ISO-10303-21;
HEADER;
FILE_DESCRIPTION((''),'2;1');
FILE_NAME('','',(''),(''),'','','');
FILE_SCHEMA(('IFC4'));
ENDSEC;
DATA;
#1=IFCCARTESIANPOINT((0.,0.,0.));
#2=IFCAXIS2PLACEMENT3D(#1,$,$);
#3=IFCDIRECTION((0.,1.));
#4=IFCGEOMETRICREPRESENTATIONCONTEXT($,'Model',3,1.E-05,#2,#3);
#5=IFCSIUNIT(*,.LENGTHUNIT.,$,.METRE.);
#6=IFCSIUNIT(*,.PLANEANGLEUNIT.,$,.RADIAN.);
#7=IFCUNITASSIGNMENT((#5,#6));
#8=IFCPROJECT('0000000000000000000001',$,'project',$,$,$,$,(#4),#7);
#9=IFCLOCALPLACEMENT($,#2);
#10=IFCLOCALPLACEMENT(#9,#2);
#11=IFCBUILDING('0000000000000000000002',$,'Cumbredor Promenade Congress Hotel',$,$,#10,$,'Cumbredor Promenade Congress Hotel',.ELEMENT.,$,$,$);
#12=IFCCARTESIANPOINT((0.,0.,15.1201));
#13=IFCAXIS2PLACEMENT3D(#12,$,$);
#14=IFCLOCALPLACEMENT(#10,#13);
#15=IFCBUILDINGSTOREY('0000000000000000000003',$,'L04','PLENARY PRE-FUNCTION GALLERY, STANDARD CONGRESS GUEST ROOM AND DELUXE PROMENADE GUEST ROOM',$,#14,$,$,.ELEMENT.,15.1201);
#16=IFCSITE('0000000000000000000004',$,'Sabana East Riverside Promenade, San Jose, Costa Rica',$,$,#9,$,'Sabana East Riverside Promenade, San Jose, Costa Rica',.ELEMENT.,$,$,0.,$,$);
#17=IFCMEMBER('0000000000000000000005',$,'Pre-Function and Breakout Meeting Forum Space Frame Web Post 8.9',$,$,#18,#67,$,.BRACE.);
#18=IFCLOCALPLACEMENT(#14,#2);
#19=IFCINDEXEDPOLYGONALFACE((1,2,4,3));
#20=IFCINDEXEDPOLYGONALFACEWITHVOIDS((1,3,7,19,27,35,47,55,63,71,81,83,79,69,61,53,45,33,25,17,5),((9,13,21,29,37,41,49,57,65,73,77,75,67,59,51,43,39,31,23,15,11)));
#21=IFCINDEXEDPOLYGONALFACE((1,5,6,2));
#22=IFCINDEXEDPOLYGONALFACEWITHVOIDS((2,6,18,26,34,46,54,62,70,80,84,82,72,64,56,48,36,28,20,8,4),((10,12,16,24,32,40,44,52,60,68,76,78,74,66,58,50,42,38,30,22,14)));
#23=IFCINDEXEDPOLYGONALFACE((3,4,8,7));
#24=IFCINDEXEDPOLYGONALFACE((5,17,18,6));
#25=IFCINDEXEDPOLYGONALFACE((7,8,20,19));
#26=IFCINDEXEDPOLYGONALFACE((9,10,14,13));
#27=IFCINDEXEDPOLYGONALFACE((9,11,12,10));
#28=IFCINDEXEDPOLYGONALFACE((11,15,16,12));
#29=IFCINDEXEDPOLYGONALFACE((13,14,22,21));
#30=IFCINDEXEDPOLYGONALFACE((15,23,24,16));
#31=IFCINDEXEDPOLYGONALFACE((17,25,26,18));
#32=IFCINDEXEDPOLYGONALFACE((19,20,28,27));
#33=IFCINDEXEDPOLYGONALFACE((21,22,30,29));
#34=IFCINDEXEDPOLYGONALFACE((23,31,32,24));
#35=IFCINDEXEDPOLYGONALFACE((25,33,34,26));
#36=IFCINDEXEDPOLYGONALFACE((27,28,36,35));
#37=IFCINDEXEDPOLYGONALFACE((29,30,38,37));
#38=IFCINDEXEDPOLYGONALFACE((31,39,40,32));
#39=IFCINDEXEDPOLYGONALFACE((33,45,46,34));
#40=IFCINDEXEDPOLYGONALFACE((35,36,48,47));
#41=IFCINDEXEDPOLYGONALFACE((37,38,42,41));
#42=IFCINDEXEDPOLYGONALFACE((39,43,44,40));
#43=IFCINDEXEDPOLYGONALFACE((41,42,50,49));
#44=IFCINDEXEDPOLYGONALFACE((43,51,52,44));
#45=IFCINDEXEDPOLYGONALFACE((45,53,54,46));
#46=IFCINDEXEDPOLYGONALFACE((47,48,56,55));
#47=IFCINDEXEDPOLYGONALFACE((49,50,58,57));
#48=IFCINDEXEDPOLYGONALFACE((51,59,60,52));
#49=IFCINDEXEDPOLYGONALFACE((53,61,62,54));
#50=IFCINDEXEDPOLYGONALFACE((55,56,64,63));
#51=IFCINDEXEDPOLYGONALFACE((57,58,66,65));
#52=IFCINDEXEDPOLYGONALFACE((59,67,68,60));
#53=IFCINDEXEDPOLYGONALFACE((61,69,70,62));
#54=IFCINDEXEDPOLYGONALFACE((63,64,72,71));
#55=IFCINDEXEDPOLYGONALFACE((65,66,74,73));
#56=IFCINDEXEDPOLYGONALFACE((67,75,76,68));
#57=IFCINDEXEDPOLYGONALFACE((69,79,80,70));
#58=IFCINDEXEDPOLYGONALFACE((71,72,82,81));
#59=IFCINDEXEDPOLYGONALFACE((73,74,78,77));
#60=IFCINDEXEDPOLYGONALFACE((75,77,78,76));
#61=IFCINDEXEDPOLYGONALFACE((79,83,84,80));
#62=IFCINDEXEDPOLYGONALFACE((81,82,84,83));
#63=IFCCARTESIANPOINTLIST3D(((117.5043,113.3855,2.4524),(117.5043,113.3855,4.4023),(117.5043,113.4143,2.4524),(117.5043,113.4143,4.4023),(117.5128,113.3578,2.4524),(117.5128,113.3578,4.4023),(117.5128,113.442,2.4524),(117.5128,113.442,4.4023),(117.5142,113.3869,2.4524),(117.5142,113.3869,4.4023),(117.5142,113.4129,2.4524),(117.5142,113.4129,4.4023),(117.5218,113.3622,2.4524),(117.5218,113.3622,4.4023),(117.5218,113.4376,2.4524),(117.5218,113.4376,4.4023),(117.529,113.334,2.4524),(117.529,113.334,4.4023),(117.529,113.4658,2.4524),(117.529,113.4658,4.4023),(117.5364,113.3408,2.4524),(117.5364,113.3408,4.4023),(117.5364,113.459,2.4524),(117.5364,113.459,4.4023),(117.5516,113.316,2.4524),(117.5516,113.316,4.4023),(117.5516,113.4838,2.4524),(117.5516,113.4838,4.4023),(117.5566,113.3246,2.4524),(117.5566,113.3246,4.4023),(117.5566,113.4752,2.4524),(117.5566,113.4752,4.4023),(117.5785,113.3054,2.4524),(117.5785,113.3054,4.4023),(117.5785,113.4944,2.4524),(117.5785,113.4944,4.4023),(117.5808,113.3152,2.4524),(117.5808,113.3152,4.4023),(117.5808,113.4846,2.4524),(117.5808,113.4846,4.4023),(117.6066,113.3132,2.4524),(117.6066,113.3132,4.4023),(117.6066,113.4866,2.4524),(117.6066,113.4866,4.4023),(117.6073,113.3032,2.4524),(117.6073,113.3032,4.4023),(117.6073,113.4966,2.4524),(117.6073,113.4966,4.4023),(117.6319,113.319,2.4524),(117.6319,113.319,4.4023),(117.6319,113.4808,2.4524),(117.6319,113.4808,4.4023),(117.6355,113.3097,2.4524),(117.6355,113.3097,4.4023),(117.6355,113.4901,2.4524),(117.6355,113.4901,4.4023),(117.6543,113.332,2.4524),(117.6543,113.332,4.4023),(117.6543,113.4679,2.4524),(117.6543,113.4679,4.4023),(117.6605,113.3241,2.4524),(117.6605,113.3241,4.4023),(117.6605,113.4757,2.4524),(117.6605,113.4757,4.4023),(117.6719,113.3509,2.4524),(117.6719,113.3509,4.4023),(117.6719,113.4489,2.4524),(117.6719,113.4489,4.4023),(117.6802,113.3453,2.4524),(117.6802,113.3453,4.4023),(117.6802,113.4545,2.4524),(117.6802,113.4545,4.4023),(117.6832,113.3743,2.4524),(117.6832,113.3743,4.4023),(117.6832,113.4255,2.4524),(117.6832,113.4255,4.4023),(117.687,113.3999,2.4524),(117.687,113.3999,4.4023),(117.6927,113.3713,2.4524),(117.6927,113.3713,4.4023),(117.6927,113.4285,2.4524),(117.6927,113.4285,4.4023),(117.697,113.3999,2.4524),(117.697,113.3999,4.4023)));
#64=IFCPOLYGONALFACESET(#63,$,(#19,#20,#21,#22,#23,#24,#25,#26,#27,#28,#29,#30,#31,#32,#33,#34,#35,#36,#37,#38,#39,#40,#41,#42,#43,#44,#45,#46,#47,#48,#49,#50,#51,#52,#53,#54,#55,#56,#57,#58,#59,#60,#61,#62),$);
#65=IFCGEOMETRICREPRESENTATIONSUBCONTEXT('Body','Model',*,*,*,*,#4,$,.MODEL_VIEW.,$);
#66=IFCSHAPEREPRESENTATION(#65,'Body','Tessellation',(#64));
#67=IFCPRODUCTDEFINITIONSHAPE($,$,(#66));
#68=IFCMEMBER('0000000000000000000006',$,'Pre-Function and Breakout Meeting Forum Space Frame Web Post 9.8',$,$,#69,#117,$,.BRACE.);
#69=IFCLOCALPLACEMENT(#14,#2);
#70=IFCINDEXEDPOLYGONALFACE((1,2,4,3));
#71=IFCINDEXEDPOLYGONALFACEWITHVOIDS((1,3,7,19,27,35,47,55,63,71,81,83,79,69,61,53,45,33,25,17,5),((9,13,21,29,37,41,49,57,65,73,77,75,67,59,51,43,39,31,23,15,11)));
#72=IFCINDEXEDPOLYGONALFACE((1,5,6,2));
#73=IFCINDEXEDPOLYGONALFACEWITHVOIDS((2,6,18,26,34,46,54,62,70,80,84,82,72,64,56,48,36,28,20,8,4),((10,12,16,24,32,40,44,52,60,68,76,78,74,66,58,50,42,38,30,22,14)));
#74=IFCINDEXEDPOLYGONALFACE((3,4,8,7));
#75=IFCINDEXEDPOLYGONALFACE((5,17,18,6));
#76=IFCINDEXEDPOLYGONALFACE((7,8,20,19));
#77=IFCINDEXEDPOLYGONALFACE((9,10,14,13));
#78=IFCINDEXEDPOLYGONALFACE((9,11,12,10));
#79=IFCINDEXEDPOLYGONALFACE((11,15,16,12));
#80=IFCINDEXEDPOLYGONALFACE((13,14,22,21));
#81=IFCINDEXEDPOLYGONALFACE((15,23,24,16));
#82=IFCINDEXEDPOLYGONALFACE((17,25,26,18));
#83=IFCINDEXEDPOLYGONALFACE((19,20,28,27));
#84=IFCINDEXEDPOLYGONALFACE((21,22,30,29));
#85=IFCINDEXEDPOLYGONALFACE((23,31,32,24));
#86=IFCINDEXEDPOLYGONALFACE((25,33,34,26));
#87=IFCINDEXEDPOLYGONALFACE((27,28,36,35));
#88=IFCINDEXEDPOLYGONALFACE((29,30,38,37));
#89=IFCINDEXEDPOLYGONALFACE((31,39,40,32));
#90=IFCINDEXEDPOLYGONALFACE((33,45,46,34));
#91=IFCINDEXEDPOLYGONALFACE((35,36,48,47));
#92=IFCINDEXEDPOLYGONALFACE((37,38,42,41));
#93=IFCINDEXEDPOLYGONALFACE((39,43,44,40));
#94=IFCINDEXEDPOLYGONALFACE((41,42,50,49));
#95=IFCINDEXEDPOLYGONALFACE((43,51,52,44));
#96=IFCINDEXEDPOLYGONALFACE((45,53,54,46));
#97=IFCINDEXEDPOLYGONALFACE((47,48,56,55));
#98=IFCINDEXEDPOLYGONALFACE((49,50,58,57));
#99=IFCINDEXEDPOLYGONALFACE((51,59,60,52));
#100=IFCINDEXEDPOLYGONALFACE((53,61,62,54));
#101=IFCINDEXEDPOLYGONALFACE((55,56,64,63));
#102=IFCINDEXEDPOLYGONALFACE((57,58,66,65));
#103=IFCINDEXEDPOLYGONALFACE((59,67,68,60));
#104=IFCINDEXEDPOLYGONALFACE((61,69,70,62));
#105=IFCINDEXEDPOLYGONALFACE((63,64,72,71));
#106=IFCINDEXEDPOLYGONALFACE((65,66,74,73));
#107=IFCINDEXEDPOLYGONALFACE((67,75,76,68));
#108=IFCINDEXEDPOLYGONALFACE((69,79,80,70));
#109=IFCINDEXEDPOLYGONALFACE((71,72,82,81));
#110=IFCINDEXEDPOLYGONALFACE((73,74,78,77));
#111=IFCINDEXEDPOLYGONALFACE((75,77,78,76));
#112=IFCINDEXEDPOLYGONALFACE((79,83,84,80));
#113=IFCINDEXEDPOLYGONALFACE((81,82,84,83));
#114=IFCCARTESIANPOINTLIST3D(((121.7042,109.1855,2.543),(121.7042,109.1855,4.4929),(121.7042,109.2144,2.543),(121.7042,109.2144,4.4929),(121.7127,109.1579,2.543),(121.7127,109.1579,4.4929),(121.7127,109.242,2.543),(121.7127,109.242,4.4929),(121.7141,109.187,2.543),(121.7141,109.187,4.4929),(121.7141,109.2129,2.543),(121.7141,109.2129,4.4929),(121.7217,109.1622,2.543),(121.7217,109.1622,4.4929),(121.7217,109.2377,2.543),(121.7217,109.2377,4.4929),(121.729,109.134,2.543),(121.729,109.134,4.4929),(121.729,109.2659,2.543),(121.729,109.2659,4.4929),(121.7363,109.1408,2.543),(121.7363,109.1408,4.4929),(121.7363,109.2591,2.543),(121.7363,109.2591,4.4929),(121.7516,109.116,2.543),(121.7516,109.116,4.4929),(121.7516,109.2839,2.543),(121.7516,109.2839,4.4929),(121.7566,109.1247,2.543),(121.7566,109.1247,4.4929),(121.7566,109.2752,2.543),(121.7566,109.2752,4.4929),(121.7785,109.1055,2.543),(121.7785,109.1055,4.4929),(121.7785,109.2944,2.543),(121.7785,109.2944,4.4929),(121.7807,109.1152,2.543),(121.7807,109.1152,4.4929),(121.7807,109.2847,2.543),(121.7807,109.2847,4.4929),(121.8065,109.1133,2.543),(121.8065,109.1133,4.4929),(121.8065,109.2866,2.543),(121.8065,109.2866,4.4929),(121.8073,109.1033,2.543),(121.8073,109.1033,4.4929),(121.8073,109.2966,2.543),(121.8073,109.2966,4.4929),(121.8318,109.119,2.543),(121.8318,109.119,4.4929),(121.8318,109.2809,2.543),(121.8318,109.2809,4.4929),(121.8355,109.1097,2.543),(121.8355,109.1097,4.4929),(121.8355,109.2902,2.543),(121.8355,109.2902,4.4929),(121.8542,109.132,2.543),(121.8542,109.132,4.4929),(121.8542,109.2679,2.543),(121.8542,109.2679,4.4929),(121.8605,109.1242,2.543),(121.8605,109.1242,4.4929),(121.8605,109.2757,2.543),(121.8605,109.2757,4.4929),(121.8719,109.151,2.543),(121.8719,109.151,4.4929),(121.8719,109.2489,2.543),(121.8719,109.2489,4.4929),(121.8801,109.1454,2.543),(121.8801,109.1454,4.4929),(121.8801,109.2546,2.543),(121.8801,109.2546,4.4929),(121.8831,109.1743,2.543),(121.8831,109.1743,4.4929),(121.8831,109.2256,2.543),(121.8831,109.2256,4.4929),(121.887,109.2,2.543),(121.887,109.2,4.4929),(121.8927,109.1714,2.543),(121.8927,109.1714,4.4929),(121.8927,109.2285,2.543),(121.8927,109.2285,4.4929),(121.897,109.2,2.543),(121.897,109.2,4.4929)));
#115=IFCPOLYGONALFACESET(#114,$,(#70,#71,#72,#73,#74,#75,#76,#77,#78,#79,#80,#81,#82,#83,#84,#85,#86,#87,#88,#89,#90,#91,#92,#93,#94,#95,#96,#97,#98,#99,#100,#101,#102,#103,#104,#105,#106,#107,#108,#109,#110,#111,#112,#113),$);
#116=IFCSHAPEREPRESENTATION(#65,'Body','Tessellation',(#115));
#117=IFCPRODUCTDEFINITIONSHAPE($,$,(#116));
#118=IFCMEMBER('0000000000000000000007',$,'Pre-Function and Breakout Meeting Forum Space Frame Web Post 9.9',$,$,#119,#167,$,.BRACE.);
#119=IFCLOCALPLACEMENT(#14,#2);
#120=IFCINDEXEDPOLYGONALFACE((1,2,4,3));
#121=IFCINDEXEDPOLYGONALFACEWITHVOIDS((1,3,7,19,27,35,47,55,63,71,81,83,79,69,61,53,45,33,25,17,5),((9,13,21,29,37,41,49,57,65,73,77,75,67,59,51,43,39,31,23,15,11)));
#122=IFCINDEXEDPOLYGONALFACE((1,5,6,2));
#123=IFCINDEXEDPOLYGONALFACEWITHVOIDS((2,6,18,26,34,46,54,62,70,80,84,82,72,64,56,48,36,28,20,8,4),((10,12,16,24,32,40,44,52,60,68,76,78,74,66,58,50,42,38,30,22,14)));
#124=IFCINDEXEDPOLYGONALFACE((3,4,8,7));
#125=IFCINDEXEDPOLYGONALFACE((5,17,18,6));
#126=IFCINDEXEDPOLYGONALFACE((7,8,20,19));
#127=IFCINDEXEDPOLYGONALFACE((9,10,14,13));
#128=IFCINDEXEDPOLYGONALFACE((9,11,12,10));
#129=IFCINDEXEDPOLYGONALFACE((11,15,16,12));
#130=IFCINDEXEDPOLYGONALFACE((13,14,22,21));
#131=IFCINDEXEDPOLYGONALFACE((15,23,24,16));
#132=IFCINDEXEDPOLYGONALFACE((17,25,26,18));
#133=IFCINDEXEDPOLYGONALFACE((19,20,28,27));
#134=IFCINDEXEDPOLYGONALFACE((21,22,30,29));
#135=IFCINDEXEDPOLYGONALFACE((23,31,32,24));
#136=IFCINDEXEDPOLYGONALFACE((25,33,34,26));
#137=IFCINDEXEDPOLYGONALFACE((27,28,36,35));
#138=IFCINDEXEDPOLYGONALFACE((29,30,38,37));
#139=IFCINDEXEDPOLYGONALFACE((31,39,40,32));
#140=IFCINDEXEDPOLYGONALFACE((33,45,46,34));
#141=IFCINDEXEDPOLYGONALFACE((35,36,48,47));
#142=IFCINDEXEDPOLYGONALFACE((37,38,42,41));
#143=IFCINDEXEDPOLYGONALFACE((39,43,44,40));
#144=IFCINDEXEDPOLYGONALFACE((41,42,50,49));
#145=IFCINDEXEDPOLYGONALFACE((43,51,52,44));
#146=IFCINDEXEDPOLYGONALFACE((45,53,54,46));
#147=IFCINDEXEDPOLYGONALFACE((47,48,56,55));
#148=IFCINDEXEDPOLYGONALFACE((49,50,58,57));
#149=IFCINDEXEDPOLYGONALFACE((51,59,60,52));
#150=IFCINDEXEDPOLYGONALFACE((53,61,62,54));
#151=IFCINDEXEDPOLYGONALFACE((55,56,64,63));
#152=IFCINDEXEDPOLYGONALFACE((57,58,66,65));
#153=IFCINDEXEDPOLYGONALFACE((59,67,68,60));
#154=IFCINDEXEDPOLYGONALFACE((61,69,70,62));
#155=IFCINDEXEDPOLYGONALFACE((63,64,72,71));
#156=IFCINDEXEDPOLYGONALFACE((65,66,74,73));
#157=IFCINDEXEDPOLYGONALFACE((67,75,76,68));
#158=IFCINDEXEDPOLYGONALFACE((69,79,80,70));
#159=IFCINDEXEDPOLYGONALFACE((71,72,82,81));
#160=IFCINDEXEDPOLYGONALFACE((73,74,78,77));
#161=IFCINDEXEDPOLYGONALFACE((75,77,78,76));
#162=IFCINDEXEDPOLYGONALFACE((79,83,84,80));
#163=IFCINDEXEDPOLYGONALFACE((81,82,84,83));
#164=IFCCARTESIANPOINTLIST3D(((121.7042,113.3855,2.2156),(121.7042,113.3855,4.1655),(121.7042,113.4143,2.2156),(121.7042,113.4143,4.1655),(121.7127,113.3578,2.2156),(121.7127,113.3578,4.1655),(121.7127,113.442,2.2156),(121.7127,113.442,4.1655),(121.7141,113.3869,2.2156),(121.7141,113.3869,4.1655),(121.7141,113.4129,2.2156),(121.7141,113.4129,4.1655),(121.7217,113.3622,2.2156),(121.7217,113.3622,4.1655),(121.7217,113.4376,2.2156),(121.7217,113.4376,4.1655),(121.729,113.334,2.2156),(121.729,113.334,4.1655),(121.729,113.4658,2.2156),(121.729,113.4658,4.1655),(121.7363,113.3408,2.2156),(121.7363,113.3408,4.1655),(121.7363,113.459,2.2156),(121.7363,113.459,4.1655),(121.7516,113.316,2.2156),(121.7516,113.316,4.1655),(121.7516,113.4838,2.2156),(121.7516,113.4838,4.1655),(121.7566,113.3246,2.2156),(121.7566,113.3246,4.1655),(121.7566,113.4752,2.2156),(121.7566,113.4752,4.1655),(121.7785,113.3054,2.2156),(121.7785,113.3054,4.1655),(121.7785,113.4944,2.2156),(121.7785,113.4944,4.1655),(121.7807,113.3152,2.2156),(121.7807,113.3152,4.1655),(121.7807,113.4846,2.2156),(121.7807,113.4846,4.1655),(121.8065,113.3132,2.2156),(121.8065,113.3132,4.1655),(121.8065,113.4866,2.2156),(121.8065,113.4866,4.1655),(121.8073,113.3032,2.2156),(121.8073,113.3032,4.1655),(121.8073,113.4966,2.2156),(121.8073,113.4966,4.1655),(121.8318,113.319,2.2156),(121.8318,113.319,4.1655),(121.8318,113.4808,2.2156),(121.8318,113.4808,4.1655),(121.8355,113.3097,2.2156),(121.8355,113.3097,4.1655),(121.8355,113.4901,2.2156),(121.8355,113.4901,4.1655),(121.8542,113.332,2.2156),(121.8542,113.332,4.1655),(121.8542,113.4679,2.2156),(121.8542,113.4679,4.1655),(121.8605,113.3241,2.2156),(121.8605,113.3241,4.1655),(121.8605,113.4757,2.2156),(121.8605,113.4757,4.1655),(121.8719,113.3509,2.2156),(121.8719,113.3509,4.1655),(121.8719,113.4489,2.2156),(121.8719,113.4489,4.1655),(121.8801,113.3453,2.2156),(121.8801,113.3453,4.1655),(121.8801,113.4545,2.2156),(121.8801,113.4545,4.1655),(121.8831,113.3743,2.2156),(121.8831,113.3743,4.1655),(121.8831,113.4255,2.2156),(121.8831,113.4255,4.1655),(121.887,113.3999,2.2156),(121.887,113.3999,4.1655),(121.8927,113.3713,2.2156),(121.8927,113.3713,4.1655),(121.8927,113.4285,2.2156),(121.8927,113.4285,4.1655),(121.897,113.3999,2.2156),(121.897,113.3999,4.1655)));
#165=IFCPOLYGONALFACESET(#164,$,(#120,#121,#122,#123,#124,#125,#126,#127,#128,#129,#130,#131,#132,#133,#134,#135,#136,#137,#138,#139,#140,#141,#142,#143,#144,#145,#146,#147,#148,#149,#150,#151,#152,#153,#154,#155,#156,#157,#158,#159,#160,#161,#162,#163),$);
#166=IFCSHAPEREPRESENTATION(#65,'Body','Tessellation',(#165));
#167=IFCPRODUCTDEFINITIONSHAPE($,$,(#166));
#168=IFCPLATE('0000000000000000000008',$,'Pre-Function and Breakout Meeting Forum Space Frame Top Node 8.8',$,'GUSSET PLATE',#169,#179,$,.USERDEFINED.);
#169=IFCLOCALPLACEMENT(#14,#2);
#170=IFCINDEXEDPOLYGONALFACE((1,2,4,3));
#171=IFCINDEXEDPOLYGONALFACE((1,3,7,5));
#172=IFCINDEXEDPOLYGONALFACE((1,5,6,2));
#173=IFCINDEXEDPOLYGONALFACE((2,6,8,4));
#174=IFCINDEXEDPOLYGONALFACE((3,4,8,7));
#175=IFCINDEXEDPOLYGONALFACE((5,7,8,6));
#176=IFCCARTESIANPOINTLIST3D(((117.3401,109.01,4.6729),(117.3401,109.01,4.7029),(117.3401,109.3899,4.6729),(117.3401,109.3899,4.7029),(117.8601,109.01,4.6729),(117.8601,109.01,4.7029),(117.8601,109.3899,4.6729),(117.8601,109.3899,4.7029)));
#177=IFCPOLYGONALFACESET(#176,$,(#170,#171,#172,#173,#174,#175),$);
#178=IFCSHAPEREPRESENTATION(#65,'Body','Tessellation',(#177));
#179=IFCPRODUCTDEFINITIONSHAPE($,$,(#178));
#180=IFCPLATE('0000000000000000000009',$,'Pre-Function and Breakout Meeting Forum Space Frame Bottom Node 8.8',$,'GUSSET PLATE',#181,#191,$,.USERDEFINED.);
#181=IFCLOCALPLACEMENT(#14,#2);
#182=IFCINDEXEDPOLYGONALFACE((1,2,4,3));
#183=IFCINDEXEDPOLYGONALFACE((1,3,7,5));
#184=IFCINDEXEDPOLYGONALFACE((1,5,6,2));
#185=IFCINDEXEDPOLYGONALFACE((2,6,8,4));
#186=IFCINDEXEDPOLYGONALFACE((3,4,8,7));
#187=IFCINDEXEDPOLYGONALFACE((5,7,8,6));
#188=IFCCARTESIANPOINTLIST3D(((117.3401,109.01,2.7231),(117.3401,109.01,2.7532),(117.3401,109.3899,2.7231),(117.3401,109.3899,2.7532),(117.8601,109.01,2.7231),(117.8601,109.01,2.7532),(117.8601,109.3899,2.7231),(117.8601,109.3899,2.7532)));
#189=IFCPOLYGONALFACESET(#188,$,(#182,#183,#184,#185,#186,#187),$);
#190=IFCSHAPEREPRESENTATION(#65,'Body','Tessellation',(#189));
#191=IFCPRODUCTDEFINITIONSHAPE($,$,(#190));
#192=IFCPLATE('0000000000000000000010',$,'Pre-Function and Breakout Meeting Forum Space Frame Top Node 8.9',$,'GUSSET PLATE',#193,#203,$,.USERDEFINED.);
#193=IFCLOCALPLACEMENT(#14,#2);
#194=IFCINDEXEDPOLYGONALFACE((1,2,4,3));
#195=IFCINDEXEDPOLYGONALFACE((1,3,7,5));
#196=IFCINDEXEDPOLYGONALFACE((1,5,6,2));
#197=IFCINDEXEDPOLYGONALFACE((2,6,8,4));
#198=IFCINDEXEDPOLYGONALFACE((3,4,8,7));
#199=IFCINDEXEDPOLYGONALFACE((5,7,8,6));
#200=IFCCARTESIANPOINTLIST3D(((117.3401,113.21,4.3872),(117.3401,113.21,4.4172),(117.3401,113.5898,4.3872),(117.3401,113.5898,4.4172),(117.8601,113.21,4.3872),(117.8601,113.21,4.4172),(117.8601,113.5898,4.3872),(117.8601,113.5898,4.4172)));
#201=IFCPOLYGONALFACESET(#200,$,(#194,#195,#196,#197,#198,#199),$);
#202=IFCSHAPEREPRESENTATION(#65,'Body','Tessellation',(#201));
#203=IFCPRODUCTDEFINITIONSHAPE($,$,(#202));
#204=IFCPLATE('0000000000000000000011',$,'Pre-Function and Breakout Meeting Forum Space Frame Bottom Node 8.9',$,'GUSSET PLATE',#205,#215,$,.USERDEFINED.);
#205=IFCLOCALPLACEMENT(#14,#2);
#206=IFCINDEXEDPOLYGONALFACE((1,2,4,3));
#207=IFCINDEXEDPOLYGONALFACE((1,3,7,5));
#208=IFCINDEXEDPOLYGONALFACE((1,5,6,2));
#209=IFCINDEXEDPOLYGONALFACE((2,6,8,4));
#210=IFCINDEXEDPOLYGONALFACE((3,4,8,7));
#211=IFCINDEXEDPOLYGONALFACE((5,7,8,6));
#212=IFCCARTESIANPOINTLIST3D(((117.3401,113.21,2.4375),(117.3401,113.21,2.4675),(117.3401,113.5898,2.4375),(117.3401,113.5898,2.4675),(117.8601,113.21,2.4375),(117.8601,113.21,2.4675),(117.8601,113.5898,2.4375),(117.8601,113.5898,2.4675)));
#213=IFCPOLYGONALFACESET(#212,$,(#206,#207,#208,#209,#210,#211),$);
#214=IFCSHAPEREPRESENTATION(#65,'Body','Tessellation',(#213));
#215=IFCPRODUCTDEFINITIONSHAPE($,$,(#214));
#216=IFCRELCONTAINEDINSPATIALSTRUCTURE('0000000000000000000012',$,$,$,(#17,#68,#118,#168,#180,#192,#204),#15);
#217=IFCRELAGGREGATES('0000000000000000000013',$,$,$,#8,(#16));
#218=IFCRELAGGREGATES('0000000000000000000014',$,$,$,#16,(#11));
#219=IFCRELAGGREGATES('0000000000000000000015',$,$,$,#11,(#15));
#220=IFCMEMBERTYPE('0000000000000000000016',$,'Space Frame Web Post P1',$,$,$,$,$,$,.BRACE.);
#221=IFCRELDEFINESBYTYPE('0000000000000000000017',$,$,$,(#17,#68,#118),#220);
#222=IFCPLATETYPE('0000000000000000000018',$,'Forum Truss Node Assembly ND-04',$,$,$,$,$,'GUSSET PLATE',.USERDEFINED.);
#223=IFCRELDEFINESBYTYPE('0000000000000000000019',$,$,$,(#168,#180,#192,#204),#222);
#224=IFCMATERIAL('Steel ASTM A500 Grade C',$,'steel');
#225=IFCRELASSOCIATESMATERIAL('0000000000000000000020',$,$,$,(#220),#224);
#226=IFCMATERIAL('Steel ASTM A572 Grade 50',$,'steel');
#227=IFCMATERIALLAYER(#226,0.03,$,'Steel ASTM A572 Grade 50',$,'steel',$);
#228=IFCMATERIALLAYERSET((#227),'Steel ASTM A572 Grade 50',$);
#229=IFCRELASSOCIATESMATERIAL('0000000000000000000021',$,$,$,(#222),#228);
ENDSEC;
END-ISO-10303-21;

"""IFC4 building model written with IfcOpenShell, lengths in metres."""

from ifc_helpers import new_model, si_unit, direction, frame, origin, origin_2d, place, context, subcontext, project, spatial, rectangle, hollow_circle, extrude, material, layer, layer_set, material_profile, profile_set, type_object, element, save


model = new_model("IFC4")

# Units and contexts
model_context = context("Model", 3, precision=1e-05, world=origin(), true_north=direction((0.0, 1.0)))
body_context = subcontext(model_context, "Body", "Model", "MODEL_VIEW")
ifc_project = project(units=[si_unit("LENGTHUNIT", "METRE"), si_unit("PLANEANGLEUNIT", "RADIAN")], contexts=[model_context])

# Site, building, storey
site_placement = place(None, origin())
site = spatial("IfcSite", under=ifc_project, at=site_placement, Name="Sabana East Riverside Promenade, San Jose, Costa Rica", LongName="Sabana East Riverside Promenade, San Jose, Costa Rica", CompositionType="ELEMENT", RefElevation=0.0)
building_placement = place(site_placement, origin())
building = spatial("IfcBuilding", under=site, at=building_placement, Name="Cumbredor Promenade Congress Hotel", LongName="Cumbredor Promenade Congress Hotel", CompositionType="ELEMENT")
storey_placement = place(building_placement, frame((0.0, 0.0, 15.1201)))
storey = spatial("IfcBuildingStorey", under=building, at=storey_placement, Name="L04", Description="PLENARY PRE-FUNCTION GALLERY, STANDARD CONGRESS GUEST ROOM AND DELUXE PROMENADE GUEST ROOM", CompositionType="ELEMENT", Elevation=15.1201)

# Members
ifc_material_1 = material(Name="Steel ASTM A500 Grade C", Category="steel")
ifc_material_profile_1 = material_profile(ifc_material_1, hollow_circle(Radius=0.0969, WallThickness=0.01, at=origin_2d()), Name="CHS 193.7x10")
ifc_profile_set_1 = profile_set([ifc_material_profile_1], Name="Steel ASTM A500 Grade C")
member_type_1 = type_object("IfcMemberType", Name="Space Frame Web Post P1", PredefinedType="BRACE", material=ifc_profile_set_1)
for number, where, z_axis, x_axis, name in (
    (1, (117.6001, 113.3999, 2.4524), (0.0, 0.0, 1.0), (1.0, 0.0, 0.0), "Pre-Function and Breakout Meeting Forum Space Frame Web Post 8.9"),
    (2, (121.8, 109.2, 2.543), (0.0, 0.0, 1.0), (1.0, 0.0, 0.0), "Pre-Function and Breakout Meeting Forum Space Frame Web Post 9.8"),
    (3, (121.8, 113.3999, 2.2156), (0.0, 0.0, 1.0), (1.0, 0.0, 0.0), "Pre-Function and Breakout Meeting Forum Space Frame Web Post 9.9"),
):
    element("IfcMember", number, at=place(storey_placement, frame(where, z_axis=z_axis, x_axis=x_axis)), inside=storey, type_object=member_type_1, Name=name, PredefinedType="BRACE", context=body_context, shape_type="SweptSolid", body=[
        extrude(hollow_circle(Radius=0.0969, WallThickness=0.01, at=origin_2d()), origin(), (0.0, 0.0, 1.0), 1.95),
    ])

# Plates
ifc_material_2 = material(Name="Steel ASTM A572 Grade 50", Category="steel")
ifc_layer = layer(ifc_material_2, 0.03, Name="Steel ASTM A572 Grade 50", Category="steel")
ifc_layer_set = layer_set([ifc_layer], Name="Steel ASTM A572 Grade 50")
plate_type = type_object("IfcPlateType", Name="Forum Truss Node Assembly ND-04", ElementType="GUSSET PLATE", PredefinedType="USERDEFINED", material=ifc_layer_set)
for number, where, z_axis, x_axis, name in (
    (4, (117.6001, 109.2, 4.6729), (0.0, 0.0, 1.0), (1.0, 0.0, 0.0), "Pre-Function and Breakout Meeting Forum Space Frame Top Node 8.8"),
    (5, (117.6001, 109.2, 2.7231), (0.0, 0.0, 1.0), (1.0, 0.0, 0.0), "Pre-Function and Breakout Meeting Forum Space Frame Bottom Node 8.8"),
    (6, (117.6001, 113.3999, 4.3872), (0.0, 0.0, 1.0), (1.0, 0.0, 0.0), "Pre-Function and Breakout Meeting Forum Space Frame Top Node 8.9"),
    (7, (117.6001, 113.3999, 2.4375), (0.0, 0.0, 1.0), (1.0, 0.0, 0.0), "Pre-Function and Breakout Meeting Forum Space Frame Bottom Node 8.9"),
):
    element("IfcPlate", number, at=place(storey_placement, frame(where, z_axis=z_axis, x_axis=x_axis)), inside=storey, type_object=plate_type, Name=name, ObjectType="GUSSET PLATE", PredefinedType="USERDEFINED", context=body_context, shape_type="SweptSolid", body=[
        extrude(rectangle(XDim=0.52, YDim=0.3799, at=origin_2d()), origin(), (0.0, 0.0, 1.0), 0.03),
    ])

save(model, "model.ifc")
